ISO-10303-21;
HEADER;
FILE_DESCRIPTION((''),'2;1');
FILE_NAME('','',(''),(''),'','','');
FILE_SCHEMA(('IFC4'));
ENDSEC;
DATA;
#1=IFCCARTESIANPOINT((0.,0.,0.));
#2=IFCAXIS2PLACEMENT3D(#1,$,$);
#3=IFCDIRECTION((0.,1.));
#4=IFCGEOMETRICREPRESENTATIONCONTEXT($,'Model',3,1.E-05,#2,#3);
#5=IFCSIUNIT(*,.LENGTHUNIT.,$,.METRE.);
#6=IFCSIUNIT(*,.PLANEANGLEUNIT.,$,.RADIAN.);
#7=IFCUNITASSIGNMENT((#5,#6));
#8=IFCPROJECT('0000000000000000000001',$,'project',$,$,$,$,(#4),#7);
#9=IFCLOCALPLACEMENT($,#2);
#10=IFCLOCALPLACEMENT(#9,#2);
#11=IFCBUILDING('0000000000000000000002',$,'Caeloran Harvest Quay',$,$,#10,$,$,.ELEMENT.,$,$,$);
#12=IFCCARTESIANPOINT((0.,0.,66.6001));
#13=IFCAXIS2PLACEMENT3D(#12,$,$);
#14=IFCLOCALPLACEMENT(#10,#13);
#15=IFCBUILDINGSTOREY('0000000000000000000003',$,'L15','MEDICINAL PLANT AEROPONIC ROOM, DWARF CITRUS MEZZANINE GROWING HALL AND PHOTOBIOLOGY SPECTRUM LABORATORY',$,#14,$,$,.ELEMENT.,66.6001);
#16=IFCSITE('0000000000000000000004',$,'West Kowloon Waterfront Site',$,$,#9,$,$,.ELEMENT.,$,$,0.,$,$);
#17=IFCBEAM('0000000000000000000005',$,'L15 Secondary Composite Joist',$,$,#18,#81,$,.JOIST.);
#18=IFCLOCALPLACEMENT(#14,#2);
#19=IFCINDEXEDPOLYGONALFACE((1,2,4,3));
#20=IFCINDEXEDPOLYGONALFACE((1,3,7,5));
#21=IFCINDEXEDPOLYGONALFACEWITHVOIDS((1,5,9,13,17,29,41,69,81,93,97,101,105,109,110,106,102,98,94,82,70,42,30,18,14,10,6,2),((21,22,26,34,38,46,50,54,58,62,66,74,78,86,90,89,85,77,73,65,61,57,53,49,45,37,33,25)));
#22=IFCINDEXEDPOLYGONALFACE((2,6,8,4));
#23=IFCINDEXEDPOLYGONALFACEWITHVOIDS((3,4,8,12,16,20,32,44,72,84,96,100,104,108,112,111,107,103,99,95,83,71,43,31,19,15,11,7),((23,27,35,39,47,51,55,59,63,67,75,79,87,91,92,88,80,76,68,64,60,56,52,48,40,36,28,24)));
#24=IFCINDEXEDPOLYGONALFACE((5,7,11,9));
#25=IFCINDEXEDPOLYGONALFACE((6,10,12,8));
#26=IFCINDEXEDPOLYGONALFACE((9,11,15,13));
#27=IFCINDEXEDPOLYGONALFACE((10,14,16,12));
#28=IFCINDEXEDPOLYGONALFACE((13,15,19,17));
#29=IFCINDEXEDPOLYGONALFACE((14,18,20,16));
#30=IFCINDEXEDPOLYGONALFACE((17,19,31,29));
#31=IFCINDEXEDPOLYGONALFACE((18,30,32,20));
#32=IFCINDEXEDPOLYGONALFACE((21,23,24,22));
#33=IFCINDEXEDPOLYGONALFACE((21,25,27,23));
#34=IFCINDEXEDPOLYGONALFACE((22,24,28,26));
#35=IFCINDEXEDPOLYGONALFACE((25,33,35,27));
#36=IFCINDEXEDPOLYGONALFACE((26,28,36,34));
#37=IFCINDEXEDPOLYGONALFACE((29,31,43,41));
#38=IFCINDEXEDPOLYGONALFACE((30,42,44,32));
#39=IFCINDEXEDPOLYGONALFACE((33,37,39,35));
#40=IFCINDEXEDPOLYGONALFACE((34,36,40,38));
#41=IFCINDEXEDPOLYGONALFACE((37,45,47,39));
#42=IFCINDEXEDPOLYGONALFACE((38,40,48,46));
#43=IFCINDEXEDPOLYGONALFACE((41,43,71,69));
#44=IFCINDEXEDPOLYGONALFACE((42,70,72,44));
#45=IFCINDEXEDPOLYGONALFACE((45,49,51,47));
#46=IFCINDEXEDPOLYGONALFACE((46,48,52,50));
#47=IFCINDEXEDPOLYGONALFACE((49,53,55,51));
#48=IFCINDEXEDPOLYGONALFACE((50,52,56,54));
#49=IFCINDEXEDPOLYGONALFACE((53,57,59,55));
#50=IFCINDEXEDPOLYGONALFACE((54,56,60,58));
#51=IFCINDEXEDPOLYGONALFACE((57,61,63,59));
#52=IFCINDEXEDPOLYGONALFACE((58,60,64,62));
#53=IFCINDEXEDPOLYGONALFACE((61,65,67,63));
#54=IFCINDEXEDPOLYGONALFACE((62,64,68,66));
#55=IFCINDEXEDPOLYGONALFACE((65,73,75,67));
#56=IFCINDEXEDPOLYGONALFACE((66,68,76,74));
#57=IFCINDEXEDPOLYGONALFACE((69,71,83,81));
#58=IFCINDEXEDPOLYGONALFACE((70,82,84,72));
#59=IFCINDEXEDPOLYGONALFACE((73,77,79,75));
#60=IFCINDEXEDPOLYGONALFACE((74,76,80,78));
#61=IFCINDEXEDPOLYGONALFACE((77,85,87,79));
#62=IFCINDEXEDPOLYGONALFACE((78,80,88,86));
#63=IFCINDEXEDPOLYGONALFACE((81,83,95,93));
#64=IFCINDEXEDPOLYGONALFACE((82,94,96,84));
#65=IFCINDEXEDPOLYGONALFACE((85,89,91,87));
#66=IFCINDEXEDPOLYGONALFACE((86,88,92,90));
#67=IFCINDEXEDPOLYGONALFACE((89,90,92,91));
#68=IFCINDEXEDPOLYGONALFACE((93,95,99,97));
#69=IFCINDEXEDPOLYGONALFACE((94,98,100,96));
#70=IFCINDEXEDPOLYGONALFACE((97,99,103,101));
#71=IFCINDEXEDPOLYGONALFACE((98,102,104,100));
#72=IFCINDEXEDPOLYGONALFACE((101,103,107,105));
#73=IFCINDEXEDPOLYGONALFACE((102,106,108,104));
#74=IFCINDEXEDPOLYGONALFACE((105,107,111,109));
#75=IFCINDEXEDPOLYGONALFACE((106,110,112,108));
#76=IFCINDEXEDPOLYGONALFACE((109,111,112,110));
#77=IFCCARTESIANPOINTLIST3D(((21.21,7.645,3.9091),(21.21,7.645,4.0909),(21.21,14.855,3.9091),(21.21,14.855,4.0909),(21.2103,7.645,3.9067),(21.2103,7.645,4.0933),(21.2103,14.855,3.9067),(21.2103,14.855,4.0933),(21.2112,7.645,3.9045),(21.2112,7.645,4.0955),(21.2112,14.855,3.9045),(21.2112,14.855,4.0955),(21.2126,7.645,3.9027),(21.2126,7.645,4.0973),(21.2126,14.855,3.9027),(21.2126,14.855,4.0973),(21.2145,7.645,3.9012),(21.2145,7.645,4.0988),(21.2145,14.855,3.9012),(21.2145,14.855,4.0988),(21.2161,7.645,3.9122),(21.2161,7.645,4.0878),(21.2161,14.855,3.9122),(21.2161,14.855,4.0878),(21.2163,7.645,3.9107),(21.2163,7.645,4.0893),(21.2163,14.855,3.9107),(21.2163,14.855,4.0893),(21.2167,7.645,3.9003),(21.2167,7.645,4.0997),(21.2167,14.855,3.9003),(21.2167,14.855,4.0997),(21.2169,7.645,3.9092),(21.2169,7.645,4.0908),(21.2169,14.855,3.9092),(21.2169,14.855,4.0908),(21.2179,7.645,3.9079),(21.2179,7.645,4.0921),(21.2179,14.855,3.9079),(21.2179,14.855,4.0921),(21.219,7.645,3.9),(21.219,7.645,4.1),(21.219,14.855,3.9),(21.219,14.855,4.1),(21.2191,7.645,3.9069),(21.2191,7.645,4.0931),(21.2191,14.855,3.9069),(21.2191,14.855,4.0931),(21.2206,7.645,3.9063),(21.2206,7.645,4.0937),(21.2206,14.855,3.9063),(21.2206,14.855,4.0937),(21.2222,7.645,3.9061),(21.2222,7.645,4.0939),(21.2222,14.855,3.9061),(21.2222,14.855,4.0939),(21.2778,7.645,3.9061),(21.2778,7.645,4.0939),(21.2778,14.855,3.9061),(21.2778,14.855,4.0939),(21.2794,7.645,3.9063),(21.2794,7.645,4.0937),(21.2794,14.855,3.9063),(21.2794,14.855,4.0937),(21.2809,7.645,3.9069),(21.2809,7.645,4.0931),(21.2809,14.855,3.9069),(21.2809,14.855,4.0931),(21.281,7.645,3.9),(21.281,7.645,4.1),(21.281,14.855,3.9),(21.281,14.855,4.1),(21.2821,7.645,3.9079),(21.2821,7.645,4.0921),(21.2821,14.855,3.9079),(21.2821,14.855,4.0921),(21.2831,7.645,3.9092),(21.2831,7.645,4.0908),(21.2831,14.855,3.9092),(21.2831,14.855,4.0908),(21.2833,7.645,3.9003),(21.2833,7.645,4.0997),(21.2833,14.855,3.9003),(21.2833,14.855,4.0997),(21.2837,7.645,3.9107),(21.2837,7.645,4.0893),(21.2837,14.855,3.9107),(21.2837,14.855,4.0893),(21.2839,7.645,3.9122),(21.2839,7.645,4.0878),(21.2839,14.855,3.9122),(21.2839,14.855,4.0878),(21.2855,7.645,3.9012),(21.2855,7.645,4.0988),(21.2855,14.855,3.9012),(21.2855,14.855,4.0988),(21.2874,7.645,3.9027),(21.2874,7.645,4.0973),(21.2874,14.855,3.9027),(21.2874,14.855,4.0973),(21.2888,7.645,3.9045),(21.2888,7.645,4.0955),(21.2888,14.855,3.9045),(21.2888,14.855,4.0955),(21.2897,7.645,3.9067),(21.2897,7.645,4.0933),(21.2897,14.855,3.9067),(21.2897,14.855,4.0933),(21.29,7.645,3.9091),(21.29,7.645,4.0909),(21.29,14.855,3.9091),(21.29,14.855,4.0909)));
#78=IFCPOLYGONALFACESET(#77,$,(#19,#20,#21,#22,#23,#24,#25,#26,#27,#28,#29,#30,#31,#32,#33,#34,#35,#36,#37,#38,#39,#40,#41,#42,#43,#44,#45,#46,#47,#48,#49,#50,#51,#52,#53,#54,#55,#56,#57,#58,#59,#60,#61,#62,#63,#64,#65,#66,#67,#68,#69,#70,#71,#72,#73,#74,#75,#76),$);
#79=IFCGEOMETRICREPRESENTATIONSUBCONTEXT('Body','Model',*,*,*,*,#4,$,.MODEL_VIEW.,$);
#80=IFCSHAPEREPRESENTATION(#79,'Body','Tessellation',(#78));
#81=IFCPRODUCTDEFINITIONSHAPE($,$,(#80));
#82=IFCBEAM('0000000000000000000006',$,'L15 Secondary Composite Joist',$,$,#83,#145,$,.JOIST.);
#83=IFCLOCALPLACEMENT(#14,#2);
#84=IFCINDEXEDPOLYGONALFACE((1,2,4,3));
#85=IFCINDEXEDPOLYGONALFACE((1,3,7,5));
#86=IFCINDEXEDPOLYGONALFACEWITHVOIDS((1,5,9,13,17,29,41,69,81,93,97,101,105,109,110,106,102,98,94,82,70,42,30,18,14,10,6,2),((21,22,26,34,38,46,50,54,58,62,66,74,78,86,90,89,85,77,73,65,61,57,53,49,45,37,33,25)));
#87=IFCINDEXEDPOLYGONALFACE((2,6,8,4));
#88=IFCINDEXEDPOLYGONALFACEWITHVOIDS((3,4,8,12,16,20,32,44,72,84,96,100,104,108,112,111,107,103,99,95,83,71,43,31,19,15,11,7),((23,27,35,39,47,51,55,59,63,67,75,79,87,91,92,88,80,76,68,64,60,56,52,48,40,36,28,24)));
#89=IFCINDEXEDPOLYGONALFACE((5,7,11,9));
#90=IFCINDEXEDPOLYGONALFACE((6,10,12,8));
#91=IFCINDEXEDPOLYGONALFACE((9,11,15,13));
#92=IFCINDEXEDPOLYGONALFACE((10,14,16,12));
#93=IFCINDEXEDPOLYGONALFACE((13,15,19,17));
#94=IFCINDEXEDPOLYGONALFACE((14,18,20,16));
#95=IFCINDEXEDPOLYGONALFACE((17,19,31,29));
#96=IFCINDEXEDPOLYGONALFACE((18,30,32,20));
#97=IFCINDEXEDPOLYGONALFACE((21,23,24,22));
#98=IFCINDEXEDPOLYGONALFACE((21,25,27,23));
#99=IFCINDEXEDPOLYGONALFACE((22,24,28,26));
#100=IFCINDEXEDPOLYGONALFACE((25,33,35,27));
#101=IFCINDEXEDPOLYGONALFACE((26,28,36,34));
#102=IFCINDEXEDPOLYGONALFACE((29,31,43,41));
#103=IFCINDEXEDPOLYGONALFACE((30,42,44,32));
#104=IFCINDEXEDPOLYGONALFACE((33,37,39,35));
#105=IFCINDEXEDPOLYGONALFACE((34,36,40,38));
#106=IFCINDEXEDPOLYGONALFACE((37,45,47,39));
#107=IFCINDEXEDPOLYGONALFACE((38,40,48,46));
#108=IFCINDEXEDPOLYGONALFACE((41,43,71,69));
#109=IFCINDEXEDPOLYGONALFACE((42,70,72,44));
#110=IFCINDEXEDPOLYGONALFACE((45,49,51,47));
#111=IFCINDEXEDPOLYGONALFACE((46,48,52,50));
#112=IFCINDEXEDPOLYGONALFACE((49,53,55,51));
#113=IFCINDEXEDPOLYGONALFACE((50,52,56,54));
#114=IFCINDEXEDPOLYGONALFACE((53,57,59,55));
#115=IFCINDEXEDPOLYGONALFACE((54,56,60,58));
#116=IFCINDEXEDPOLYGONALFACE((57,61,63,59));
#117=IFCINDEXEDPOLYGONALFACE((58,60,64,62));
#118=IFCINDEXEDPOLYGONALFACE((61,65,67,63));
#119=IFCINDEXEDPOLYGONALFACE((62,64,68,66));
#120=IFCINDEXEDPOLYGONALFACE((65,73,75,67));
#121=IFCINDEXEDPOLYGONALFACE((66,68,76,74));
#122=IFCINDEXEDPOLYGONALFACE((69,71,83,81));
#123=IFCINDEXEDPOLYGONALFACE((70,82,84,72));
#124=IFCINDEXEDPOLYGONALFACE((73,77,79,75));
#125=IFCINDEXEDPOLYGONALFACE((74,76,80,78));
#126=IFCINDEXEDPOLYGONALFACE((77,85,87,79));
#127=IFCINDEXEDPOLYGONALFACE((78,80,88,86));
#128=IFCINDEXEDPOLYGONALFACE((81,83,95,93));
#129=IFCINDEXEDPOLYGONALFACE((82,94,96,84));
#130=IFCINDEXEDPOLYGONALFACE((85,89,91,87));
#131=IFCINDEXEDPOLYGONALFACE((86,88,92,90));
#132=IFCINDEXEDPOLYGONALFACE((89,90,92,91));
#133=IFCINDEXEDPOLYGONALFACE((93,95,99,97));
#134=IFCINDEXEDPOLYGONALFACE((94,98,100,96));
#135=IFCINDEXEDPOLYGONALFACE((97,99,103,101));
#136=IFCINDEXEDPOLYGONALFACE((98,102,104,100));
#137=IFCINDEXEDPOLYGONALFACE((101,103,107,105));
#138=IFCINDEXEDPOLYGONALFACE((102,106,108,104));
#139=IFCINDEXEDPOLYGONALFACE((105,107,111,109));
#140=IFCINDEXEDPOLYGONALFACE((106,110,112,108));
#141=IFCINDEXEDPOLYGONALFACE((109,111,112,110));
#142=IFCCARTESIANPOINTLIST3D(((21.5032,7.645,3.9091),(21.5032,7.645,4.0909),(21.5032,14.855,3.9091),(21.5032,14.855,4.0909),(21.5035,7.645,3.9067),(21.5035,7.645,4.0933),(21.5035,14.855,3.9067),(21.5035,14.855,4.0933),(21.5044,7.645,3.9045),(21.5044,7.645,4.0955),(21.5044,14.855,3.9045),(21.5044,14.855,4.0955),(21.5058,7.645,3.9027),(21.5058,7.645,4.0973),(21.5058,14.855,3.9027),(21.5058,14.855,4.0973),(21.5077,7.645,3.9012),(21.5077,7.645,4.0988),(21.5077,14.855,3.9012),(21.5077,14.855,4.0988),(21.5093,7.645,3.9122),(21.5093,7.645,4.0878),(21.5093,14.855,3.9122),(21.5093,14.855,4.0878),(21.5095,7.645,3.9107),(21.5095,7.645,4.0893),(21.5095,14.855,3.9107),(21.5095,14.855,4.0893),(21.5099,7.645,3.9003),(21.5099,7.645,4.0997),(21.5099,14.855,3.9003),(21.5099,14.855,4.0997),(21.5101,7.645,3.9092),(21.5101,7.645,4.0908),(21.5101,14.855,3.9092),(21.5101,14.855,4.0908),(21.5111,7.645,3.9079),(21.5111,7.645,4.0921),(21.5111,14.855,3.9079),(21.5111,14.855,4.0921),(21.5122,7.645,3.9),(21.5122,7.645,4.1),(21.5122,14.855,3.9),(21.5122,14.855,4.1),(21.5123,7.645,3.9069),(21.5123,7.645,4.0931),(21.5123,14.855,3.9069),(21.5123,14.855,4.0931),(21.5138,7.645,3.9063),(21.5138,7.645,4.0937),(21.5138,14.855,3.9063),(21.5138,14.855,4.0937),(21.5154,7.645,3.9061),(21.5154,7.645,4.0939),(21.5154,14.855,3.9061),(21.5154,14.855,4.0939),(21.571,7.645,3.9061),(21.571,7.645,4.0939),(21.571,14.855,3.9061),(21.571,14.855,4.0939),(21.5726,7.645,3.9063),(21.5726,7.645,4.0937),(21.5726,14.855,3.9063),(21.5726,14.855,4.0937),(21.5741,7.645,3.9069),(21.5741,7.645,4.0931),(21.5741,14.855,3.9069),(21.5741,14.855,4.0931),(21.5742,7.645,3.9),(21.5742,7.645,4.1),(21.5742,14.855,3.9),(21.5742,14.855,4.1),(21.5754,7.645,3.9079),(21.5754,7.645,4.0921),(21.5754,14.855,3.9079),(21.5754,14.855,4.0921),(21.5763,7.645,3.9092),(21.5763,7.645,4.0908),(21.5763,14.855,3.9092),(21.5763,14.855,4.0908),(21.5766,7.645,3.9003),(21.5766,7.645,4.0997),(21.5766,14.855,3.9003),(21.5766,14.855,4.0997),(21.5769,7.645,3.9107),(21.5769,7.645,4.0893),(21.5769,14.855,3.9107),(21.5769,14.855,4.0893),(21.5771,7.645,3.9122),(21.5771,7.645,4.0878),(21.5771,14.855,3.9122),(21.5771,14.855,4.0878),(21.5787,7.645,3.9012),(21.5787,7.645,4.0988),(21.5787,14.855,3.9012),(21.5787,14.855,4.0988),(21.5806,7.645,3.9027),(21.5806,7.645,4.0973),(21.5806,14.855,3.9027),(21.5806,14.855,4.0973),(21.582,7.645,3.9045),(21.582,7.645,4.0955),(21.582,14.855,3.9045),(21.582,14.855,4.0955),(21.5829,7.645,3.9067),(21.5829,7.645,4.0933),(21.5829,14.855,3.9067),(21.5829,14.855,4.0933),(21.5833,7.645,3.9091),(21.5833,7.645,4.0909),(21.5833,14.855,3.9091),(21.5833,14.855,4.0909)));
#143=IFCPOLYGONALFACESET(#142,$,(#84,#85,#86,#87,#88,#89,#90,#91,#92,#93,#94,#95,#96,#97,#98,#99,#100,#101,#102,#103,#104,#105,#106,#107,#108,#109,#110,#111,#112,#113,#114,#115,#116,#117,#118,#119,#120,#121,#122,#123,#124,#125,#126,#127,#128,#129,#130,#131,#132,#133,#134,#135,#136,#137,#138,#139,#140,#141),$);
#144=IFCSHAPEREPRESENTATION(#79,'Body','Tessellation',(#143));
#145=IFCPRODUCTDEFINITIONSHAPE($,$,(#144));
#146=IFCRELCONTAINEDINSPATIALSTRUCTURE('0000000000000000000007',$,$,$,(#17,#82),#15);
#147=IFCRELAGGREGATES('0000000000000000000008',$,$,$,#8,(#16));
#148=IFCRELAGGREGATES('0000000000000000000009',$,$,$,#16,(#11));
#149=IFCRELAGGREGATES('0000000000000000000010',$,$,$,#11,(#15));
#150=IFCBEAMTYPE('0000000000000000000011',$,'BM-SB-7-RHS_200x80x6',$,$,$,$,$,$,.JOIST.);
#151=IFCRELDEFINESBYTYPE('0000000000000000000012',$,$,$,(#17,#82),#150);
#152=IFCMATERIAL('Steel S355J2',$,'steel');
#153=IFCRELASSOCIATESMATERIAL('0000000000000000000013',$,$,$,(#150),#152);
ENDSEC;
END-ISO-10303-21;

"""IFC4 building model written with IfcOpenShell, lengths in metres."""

from ifc_helpers import new_model, si_unit, direction, frame, origin, origin_2d, place, context, subcontext, project, spatial, hollow_rectangle, extrude, material, material_profile, profile_set, type_object, element, save


model = new_model("IFC4")

# Units and contexts
model_context = context("Model", 3, precision=1e-05, world=origin(), true_north=direction((0.0, 1.0)))
body_context = subcontext(model_context, "Body", "Model", "MODEL_VIEW")
ifc_project = project(units=[si_unit("LENGTHUNIT", "METRE"), si_unit("PLANEANGLEUNIT", "RADIAN")], contexts=[model_context])

# Site, building, storey
site_placement = place(None, origin())
site = spatial("IfcSite", under=ifc_project, at=site_placement, Name="West Kowloon Waterfront Site", CompositionType="ELEMENT", RefElevation=0.0)
building_placement = place(site_placement, origin())
building = spatial("IfcBuilding", under=site, at=building_placement, Name="Caeloran Harvest Quay", CompositionType="ELEMENT")
storey_placement = place(building_placement, frame((0.0, 0.0, 66.6001)))
storey = spatial("IfcBuildingStorey", under=building, at=storey_placement, Name="L15", Description="MEDICINAL PLANT AEROPONIC ROOM, DWARF CITRUS MEZZANINE GROWING HALL AND PHOTOBIOLOGY SPECTRUM LABORATORY", CompositionType="ELEMENT", Elevation=66.6001)

# Beams
ifc_material_1 = material(Name="Steel S355J2", Category="steel")
ifc_material_profile_1 = material_profile(ifc_material_1, hollow_rectangle(XDim=0.0801, YDim=0.2, WallThickness=0.0061, InnerFilletRadius=0.0061, OuterFilletRadius=0.009, at=origin_2d()), Name="RHS 200x80x6")
ifc_profile_set_1 = profile_set([ifc_material_profile_1], Name="Steel S355J2")
beam_type_1 = type_object("IfcBeamType", Name="BM-SB-7-RHS_200x80x6", PredefinedType="JOIST", material=ifc_profile_set_1)
for number, where, z_axis, x_axis, name in (
    (1, (21.25, 7.645, 4.0), (0.0, 1.0, 0.0), (-1.0, 0.0, 0.0), "L15 Secondary Composite Joist"),
    (2, (21.5432, 7.645, 4.0), (0.0, 1.0, 0.0), (-1.0, 0.0, 0.0), "L15 Secondary Composite Joist"),
):
    element("IfcBeam", number, at=place(storey_placement, frame(where, z_axis=z_axis, x_axis=x_axis)), inside=storey, type_object=beam_type_1, Name=name, PredefinedType="JOIST", context=body_context, shape_type="SweptSolid", body=[
        extrude(hollow_rectangle(XDim=0.0801, YDim=0.2, WallThickness=0.0061, InnerFilletRadius=0.0061, OuterFilletRadius=0.009, at=origin_2d()), origin(), (0.0, 0.0, 1.0), 7.21),
    ])

save(model, "model.ifc")
